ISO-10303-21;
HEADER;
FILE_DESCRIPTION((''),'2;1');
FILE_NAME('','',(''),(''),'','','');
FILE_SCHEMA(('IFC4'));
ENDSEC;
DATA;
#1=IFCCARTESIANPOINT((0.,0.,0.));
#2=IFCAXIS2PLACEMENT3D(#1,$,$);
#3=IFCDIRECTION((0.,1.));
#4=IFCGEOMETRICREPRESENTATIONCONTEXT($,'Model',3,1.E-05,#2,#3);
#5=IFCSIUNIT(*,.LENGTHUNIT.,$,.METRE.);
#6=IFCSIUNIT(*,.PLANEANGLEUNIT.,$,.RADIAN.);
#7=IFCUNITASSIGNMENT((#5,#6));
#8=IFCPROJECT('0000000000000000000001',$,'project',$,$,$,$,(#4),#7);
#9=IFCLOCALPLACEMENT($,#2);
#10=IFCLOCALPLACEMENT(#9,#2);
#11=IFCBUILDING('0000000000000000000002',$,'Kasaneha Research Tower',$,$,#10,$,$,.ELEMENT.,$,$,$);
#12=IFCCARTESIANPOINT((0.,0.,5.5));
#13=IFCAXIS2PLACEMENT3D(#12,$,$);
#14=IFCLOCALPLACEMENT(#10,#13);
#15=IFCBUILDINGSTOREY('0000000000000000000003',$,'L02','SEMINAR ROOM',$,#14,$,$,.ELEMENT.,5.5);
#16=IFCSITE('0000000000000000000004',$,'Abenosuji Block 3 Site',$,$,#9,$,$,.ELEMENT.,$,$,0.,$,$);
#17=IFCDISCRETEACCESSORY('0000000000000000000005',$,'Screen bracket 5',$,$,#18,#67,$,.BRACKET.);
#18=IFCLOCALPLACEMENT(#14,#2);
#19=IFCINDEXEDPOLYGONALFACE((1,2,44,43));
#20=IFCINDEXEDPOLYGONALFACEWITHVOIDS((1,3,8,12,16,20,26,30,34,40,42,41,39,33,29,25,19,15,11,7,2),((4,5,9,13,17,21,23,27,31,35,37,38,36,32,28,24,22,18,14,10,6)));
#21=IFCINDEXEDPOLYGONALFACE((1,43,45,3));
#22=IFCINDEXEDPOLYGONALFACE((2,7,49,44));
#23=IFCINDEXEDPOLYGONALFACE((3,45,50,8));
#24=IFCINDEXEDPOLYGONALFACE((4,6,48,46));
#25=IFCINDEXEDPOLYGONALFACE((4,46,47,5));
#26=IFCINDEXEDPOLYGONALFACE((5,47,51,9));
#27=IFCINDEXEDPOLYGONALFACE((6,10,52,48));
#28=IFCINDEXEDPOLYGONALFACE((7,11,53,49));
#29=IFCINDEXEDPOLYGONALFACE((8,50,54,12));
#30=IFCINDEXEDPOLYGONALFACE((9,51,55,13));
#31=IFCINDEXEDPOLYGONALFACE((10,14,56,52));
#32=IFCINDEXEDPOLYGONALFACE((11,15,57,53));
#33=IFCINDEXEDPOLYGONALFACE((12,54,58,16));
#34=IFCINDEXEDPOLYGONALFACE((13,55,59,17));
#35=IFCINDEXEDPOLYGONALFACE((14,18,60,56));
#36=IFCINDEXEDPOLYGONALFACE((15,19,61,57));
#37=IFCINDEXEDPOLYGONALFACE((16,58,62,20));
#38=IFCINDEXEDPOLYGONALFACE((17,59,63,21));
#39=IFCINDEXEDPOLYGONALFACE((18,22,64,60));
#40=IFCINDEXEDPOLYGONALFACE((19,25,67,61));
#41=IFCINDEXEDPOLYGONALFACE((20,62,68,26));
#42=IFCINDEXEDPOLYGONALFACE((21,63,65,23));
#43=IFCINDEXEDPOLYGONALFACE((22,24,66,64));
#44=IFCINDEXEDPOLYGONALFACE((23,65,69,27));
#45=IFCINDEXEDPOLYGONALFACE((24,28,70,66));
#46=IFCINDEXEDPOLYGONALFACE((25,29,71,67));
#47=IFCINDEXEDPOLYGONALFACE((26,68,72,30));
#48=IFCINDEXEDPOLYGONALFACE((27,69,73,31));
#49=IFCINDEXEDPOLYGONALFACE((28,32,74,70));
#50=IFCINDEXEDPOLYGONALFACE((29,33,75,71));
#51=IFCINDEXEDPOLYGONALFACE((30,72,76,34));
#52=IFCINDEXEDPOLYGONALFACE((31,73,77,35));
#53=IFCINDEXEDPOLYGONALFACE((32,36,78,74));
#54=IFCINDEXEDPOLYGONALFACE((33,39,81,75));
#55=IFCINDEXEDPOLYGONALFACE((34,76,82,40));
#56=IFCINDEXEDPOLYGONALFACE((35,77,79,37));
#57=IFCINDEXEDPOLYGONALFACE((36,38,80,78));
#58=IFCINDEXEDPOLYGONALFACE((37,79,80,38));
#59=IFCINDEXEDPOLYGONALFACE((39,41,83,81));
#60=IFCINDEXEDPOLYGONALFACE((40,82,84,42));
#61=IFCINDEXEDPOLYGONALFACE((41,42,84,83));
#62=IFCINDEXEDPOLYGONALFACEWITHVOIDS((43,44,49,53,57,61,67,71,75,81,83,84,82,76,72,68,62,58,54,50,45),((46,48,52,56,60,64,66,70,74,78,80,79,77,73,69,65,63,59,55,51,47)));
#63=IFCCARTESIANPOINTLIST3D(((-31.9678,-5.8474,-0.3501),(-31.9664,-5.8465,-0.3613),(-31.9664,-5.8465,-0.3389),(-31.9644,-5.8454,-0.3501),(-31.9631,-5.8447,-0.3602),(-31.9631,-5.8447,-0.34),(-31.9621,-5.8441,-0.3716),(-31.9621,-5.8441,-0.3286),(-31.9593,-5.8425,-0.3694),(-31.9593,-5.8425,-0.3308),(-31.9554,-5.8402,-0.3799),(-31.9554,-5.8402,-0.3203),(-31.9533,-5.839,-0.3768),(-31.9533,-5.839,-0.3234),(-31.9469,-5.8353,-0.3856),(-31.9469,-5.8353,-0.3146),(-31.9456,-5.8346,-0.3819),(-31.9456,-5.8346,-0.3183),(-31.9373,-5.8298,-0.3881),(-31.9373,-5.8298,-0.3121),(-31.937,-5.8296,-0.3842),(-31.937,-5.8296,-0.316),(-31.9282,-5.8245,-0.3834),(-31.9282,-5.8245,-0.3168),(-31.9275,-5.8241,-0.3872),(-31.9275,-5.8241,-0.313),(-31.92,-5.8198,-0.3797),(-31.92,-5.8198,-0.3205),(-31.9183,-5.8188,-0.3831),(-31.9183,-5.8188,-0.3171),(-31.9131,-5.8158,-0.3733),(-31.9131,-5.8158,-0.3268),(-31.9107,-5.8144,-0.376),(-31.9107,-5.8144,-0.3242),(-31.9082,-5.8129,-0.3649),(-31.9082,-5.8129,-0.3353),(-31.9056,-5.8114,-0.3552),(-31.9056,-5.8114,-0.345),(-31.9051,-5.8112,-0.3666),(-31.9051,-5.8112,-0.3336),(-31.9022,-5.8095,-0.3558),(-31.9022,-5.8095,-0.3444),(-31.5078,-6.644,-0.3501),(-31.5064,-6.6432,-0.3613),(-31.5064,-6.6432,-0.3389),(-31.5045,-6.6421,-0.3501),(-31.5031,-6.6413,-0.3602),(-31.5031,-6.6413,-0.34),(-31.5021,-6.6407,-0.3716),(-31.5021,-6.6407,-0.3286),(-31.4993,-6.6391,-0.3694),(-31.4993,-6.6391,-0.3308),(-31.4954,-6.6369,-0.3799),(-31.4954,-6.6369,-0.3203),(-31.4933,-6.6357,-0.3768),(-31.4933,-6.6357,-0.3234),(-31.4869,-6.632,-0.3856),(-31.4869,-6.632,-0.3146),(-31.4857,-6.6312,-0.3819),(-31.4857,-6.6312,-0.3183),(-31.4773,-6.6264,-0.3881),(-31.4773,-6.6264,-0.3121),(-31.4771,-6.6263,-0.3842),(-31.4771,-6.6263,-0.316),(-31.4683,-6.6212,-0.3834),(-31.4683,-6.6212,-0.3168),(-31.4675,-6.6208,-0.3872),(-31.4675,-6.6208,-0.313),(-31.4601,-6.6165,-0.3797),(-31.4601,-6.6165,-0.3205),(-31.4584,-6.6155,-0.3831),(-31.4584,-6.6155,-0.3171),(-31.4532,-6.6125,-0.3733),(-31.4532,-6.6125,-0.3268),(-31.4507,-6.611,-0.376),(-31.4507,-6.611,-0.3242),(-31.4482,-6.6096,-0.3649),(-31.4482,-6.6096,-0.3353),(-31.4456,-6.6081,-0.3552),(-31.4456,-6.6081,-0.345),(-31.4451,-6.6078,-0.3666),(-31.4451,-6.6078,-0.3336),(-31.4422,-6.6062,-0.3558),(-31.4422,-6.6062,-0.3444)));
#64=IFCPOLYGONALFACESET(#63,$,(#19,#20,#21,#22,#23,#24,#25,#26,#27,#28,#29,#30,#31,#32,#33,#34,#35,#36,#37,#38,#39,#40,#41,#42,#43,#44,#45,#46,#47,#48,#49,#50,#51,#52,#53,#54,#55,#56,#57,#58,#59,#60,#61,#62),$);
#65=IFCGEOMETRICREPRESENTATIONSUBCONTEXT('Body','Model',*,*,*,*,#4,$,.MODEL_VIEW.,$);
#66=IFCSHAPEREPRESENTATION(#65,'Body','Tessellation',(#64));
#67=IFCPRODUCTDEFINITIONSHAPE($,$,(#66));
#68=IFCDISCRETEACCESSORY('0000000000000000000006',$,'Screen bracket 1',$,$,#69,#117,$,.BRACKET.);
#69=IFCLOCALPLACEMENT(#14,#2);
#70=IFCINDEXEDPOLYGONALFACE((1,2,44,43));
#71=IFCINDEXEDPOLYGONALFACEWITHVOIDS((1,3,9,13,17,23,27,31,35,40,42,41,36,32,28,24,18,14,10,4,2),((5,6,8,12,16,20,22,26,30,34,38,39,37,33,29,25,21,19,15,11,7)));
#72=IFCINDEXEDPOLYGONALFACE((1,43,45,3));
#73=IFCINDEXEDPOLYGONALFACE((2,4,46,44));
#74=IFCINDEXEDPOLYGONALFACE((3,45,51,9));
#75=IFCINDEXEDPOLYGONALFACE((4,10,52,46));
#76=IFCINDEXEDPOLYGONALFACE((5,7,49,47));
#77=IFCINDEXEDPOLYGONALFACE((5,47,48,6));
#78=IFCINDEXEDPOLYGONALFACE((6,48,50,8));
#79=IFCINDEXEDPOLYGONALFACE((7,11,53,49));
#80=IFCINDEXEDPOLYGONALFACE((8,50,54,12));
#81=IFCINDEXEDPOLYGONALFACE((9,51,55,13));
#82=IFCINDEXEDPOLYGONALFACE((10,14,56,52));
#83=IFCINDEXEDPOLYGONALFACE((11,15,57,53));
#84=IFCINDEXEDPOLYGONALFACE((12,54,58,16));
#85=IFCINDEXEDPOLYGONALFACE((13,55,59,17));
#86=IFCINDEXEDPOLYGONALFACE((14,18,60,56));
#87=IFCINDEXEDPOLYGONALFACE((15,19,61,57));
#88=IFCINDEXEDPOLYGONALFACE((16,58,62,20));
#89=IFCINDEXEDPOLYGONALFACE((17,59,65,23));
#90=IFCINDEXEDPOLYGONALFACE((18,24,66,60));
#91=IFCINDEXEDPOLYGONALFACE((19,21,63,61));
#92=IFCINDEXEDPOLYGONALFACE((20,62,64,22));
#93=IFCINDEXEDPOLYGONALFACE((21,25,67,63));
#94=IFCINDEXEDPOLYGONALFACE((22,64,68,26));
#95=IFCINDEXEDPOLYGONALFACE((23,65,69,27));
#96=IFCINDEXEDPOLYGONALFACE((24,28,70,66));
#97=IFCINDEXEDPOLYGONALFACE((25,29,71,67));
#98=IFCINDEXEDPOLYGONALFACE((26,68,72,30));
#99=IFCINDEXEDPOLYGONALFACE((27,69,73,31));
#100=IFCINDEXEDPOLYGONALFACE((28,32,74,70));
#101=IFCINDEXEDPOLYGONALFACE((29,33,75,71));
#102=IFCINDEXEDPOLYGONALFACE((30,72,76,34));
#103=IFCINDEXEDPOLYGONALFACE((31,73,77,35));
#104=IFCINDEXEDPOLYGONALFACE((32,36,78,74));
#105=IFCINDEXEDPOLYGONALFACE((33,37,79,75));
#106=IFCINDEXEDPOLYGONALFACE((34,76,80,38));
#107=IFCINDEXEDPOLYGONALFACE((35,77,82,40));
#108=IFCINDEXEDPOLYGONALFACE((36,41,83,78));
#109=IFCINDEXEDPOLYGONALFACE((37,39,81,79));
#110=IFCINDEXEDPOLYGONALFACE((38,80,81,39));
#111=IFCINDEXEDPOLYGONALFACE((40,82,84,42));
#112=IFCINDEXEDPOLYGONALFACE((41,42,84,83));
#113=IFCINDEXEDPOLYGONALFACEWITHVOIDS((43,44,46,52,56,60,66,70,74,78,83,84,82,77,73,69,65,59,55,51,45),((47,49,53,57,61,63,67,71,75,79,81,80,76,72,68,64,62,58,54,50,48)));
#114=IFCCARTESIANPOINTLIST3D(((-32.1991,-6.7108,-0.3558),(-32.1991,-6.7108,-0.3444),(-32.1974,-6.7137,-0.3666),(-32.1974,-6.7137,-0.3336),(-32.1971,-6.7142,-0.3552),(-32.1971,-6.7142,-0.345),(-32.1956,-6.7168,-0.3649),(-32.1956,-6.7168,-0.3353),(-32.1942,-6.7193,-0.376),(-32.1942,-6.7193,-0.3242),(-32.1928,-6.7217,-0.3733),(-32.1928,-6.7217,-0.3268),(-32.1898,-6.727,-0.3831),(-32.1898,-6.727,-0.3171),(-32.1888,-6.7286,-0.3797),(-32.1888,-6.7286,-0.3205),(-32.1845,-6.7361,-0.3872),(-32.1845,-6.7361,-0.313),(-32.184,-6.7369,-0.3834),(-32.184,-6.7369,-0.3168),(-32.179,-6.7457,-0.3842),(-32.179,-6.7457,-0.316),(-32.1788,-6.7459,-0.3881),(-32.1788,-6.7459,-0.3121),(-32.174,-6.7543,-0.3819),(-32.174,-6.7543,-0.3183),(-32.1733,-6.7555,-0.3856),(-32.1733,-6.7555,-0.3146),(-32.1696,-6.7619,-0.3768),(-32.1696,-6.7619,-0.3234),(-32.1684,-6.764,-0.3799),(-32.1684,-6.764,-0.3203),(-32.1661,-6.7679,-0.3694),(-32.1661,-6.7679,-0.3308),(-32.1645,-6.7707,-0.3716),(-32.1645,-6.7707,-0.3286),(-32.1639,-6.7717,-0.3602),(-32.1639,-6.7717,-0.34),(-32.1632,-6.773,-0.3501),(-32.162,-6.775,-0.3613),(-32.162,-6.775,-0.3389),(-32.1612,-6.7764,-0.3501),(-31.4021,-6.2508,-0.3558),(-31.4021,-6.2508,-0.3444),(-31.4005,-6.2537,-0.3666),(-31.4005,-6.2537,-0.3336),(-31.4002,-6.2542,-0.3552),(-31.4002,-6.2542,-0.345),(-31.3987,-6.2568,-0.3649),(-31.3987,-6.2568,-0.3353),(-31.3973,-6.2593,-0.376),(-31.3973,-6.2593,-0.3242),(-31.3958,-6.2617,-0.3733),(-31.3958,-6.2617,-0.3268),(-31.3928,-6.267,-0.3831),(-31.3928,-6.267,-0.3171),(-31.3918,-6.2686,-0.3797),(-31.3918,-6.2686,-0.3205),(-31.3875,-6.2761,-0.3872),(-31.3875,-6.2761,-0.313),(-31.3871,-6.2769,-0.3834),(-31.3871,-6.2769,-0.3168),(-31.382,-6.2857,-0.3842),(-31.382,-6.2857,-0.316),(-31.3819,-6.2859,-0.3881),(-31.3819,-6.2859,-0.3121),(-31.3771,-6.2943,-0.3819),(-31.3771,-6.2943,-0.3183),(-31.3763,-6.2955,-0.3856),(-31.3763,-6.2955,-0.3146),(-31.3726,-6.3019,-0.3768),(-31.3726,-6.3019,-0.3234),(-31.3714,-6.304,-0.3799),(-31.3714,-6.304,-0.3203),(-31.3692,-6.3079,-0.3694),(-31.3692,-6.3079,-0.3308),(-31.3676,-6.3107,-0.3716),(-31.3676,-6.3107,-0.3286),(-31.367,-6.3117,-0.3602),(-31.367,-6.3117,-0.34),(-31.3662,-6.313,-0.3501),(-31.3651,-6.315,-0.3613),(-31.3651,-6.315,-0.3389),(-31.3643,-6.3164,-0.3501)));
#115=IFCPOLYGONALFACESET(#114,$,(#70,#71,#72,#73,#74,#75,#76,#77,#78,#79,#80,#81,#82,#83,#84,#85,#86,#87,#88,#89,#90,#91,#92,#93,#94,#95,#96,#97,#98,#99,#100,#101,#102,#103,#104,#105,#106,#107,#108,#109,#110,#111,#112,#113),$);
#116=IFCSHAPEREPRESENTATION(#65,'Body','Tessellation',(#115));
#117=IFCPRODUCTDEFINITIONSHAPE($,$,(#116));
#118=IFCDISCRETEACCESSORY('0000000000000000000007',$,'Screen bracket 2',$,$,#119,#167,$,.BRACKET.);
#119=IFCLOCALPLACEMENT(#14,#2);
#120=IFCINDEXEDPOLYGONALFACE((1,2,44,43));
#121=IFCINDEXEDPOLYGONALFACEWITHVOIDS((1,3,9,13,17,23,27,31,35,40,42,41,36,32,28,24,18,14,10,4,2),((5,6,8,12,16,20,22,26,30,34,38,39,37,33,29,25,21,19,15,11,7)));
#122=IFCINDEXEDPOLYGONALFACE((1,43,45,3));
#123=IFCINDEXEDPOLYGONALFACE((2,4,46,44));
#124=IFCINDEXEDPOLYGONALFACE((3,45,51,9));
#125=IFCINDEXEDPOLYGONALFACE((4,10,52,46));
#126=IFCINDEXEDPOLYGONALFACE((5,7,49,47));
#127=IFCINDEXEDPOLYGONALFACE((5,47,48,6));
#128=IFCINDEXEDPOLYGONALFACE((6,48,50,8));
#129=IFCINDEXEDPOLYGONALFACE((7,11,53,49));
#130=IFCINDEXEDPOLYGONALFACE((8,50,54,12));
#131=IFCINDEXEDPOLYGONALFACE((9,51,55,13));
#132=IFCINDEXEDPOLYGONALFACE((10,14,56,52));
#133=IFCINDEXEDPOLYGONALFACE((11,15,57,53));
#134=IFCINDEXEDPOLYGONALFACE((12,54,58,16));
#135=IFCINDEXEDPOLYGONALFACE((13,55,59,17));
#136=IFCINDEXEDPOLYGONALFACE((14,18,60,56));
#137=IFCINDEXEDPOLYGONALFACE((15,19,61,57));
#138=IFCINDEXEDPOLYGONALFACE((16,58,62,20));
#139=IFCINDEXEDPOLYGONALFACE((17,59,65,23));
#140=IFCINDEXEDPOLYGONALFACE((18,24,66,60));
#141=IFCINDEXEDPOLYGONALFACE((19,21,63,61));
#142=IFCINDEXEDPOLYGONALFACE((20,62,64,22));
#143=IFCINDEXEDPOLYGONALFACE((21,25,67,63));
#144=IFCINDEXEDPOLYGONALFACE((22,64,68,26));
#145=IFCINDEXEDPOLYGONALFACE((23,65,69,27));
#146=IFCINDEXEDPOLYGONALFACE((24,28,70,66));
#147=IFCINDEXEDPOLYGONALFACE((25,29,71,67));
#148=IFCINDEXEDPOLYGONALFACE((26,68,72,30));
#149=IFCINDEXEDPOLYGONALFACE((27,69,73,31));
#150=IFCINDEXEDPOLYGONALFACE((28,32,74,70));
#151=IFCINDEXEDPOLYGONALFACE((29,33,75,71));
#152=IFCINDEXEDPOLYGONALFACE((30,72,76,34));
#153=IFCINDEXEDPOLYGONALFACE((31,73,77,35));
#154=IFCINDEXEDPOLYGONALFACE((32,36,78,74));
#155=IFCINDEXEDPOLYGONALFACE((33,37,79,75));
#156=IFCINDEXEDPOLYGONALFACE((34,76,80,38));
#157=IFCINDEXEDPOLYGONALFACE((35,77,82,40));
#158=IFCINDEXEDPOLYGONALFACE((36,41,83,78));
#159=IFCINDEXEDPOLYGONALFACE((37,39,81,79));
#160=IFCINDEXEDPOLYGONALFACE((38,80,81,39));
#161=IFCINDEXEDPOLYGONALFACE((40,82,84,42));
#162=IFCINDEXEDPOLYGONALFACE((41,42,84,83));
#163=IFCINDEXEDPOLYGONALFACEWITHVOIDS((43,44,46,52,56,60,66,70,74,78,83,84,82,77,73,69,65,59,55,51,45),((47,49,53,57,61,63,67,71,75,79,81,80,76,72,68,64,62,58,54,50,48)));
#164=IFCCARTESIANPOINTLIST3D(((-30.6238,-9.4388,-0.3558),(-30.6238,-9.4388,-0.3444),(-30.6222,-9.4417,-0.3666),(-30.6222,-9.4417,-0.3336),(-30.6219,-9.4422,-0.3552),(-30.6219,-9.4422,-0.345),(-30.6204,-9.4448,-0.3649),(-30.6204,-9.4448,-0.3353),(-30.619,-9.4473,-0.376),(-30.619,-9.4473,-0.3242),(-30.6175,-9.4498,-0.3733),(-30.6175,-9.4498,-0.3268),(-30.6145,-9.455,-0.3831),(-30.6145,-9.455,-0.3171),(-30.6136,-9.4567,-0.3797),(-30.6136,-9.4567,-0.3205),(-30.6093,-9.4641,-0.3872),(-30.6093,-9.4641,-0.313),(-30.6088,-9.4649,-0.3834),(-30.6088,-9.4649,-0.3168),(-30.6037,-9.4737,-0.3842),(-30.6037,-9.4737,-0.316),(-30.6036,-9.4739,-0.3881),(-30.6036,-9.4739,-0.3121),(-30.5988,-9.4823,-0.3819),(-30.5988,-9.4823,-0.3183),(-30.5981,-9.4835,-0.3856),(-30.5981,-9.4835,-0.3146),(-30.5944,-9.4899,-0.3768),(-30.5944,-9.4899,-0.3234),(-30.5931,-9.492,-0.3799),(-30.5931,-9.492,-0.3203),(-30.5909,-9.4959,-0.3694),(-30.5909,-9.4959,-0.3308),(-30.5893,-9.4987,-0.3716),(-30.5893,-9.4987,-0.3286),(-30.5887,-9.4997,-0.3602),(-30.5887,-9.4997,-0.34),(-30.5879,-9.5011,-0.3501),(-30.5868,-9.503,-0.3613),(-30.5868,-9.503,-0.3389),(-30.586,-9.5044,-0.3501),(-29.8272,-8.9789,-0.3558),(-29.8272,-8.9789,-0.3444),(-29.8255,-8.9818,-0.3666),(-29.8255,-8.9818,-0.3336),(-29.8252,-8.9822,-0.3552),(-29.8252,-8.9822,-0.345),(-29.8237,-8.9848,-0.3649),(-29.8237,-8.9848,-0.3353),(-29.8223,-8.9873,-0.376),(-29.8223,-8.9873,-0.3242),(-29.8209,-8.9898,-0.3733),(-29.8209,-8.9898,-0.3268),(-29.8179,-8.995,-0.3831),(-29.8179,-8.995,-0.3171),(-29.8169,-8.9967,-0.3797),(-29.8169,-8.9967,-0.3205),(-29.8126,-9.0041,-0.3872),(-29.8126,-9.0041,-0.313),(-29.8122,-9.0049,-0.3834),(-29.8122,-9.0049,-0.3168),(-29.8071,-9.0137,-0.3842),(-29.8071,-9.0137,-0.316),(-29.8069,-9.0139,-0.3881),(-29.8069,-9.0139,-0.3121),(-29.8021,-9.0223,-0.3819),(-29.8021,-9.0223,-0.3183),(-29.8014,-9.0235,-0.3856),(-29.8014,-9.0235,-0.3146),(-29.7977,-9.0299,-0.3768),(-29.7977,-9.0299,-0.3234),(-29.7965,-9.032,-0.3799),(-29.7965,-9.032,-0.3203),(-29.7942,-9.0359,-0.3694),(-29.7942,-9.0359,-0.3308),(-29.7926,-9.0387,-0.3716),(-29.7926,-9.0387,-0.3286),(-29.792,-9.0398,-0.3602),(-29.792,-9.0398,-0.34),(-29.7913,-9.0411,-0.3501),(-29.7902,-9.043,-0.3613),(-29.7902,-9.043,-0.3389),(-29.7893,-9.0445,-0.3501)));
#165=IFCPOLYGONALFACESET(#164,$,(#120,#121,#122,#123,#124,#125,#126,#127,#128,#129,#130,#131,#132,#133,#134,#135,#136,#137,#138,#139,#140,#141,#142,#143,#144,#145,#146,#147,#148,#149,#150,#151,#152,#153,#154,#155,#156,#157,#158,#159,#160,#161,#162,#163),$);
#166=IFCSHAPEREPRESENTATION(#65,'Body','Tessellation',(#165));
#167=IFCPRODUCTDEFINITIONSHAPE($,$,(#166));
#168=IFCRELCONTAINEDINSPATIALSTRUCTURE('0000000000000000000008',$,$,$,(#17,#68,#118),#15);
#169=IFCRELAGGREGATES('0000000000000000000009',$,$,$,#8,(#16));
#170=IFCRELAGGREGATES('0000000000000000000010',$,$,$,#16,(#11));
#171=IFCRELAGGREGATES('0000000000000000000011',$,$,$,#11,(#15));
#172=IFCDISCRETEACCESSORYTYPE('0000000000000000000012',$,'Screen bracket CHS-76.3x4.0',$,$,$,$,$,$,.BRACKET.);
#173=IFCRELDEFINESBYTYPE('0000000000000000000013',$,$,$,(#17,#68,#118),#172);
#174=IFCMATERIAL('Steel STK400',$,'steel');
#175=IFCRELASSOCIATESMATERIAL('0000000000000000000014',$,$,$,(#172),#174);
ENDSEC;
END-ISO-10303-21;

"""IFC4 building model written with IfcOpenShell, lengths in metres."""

from ifc_helpers import new_model, si_unit, direction, frame, origin, origin_2d, place, context, subcontext, project, spatial, hollow_circle, extrude, material, material_profile, profile_set, type_object, element, save


model = new_model("IFC4")

# Units and contexts
model_context = context("Model", 3, precision=1e-05, world=origin(), true_north=direction((0.0, 1.0)))
body_context = subcontext(model_context, "Body", "Model", "MODEL_VIEW")
ifc_project = project(units=[si_unit("LENGTHUNIT", "METRE"), si_unit("PLANEANGLEUNIT", "RADIAN")], contexts=[model_context])

# Site, building, storey
site_placement = place(None, origin())
site = spatial("IfcSite", under=ifc_project, at=site_placement, Name="Abenosuji Block 3 Site", CompositionType="ELEMENT", RefElevation=0.0)
building_placement = place(site_placement, origin())
building = spatial("IfcBuilding", under=site, at=building_placement, Name="Kasaneha Research Tower", CompositionType="ELEMENT")
storey_placement = place(building_placement, frame((0.0, 0.0, 5.5)))
storey = spatial("IfcBuildingStorey", under=building, at=storey_placement, Name="L02", Description="SEMINAR ROOM", CompositionType="ELEMENT", Elevation=5.5)

# Discrete accessories
ifc_material_1 = material(Name="Steel STK400", Category="steel")
ifc_material_profile_1 = material_profile(ifc_material_1, hollow_circle(Radius=0.0381, WallThickness=0.0039, at=origin_2d()), Name="CHS-76.3x4.0")
ifc_profile_set_1 = profile_set([ifc_material_profile_1], Name="Steel STK400")
discrete_accessory_type = type_object("IfcDiscreteAccessoryType", Name="Screen bracket CHS-76.3x4.0", PredefinedType="BRACKET", material=ifc_profile_set_1)
discrete_accessory_1_placement = place(storey_placement, frame((-31.4749, -6.625, -0.3501), z_axis=(-0.500021, 0.866013, 0.0), x_axis=(-0.866013, -0.500021, 0.0)))
element("IfcDiscreteAccessory", 1, at=discrete_accessory_1_placement, inside=storey, type_object=discrete_accessory_type, Name="Screen bracket 5", PredefinedType="BRACKET", context=body_context, shape_type="SweptSolid", body=[
    extrude(hollow_circle(Radius=0.0381, WallThickness=0.0039, at=origin_2d()), origin(), (0.0, 0.0, 1.0), 0.9199),
])
discrete_accessory_2_placement = place(storey_placement, frame((-31.3833, -6.2834, -0.3501), z_axis=(-0.86608, -0.499906, 0.0), x_axis=(0.499906, -0.86608, 0.0)))
element("IfcDiscreteAccessory", 2, at=discrete_accessory_2_placement, inside=storey, type_object=discrete_accessory_type, Name="Screen bracket 1", PredefinedType="BRACKET", context=body_context, shape_type="SweptSolid", body=[
    extrude(hollow_circle(Radius=0.0381, WallThickness=0.0039, at=origin_2d()), origin(), (0.0, 0.0, 1.0), 0.9202),
])
discrete_accessory_3_placement = place(storey_placement, frame((-29.8083, -9.0115, -0.3501), z_axis=(-0.866013, -0.500021, 0.0), x_axis=(0.500021, -0.866013, 0.0)))
element("IfcDiscreteAccessory", 3, at=discrete_accessory_3_placement, inside=storey, type_object=discrete_accessory_type, Name="Screen bracket 2", PredefinedType="BRACKET", context=body_context, shape_type="SweptSolid", body=[
    extrude(hollow_circle(Radius=0.0381, WallThickness=0.0039, at=origin_2d()), origin(), (0.0, 0.0, 1.0), 0.9199),
])

save(model, "model.ifc")
